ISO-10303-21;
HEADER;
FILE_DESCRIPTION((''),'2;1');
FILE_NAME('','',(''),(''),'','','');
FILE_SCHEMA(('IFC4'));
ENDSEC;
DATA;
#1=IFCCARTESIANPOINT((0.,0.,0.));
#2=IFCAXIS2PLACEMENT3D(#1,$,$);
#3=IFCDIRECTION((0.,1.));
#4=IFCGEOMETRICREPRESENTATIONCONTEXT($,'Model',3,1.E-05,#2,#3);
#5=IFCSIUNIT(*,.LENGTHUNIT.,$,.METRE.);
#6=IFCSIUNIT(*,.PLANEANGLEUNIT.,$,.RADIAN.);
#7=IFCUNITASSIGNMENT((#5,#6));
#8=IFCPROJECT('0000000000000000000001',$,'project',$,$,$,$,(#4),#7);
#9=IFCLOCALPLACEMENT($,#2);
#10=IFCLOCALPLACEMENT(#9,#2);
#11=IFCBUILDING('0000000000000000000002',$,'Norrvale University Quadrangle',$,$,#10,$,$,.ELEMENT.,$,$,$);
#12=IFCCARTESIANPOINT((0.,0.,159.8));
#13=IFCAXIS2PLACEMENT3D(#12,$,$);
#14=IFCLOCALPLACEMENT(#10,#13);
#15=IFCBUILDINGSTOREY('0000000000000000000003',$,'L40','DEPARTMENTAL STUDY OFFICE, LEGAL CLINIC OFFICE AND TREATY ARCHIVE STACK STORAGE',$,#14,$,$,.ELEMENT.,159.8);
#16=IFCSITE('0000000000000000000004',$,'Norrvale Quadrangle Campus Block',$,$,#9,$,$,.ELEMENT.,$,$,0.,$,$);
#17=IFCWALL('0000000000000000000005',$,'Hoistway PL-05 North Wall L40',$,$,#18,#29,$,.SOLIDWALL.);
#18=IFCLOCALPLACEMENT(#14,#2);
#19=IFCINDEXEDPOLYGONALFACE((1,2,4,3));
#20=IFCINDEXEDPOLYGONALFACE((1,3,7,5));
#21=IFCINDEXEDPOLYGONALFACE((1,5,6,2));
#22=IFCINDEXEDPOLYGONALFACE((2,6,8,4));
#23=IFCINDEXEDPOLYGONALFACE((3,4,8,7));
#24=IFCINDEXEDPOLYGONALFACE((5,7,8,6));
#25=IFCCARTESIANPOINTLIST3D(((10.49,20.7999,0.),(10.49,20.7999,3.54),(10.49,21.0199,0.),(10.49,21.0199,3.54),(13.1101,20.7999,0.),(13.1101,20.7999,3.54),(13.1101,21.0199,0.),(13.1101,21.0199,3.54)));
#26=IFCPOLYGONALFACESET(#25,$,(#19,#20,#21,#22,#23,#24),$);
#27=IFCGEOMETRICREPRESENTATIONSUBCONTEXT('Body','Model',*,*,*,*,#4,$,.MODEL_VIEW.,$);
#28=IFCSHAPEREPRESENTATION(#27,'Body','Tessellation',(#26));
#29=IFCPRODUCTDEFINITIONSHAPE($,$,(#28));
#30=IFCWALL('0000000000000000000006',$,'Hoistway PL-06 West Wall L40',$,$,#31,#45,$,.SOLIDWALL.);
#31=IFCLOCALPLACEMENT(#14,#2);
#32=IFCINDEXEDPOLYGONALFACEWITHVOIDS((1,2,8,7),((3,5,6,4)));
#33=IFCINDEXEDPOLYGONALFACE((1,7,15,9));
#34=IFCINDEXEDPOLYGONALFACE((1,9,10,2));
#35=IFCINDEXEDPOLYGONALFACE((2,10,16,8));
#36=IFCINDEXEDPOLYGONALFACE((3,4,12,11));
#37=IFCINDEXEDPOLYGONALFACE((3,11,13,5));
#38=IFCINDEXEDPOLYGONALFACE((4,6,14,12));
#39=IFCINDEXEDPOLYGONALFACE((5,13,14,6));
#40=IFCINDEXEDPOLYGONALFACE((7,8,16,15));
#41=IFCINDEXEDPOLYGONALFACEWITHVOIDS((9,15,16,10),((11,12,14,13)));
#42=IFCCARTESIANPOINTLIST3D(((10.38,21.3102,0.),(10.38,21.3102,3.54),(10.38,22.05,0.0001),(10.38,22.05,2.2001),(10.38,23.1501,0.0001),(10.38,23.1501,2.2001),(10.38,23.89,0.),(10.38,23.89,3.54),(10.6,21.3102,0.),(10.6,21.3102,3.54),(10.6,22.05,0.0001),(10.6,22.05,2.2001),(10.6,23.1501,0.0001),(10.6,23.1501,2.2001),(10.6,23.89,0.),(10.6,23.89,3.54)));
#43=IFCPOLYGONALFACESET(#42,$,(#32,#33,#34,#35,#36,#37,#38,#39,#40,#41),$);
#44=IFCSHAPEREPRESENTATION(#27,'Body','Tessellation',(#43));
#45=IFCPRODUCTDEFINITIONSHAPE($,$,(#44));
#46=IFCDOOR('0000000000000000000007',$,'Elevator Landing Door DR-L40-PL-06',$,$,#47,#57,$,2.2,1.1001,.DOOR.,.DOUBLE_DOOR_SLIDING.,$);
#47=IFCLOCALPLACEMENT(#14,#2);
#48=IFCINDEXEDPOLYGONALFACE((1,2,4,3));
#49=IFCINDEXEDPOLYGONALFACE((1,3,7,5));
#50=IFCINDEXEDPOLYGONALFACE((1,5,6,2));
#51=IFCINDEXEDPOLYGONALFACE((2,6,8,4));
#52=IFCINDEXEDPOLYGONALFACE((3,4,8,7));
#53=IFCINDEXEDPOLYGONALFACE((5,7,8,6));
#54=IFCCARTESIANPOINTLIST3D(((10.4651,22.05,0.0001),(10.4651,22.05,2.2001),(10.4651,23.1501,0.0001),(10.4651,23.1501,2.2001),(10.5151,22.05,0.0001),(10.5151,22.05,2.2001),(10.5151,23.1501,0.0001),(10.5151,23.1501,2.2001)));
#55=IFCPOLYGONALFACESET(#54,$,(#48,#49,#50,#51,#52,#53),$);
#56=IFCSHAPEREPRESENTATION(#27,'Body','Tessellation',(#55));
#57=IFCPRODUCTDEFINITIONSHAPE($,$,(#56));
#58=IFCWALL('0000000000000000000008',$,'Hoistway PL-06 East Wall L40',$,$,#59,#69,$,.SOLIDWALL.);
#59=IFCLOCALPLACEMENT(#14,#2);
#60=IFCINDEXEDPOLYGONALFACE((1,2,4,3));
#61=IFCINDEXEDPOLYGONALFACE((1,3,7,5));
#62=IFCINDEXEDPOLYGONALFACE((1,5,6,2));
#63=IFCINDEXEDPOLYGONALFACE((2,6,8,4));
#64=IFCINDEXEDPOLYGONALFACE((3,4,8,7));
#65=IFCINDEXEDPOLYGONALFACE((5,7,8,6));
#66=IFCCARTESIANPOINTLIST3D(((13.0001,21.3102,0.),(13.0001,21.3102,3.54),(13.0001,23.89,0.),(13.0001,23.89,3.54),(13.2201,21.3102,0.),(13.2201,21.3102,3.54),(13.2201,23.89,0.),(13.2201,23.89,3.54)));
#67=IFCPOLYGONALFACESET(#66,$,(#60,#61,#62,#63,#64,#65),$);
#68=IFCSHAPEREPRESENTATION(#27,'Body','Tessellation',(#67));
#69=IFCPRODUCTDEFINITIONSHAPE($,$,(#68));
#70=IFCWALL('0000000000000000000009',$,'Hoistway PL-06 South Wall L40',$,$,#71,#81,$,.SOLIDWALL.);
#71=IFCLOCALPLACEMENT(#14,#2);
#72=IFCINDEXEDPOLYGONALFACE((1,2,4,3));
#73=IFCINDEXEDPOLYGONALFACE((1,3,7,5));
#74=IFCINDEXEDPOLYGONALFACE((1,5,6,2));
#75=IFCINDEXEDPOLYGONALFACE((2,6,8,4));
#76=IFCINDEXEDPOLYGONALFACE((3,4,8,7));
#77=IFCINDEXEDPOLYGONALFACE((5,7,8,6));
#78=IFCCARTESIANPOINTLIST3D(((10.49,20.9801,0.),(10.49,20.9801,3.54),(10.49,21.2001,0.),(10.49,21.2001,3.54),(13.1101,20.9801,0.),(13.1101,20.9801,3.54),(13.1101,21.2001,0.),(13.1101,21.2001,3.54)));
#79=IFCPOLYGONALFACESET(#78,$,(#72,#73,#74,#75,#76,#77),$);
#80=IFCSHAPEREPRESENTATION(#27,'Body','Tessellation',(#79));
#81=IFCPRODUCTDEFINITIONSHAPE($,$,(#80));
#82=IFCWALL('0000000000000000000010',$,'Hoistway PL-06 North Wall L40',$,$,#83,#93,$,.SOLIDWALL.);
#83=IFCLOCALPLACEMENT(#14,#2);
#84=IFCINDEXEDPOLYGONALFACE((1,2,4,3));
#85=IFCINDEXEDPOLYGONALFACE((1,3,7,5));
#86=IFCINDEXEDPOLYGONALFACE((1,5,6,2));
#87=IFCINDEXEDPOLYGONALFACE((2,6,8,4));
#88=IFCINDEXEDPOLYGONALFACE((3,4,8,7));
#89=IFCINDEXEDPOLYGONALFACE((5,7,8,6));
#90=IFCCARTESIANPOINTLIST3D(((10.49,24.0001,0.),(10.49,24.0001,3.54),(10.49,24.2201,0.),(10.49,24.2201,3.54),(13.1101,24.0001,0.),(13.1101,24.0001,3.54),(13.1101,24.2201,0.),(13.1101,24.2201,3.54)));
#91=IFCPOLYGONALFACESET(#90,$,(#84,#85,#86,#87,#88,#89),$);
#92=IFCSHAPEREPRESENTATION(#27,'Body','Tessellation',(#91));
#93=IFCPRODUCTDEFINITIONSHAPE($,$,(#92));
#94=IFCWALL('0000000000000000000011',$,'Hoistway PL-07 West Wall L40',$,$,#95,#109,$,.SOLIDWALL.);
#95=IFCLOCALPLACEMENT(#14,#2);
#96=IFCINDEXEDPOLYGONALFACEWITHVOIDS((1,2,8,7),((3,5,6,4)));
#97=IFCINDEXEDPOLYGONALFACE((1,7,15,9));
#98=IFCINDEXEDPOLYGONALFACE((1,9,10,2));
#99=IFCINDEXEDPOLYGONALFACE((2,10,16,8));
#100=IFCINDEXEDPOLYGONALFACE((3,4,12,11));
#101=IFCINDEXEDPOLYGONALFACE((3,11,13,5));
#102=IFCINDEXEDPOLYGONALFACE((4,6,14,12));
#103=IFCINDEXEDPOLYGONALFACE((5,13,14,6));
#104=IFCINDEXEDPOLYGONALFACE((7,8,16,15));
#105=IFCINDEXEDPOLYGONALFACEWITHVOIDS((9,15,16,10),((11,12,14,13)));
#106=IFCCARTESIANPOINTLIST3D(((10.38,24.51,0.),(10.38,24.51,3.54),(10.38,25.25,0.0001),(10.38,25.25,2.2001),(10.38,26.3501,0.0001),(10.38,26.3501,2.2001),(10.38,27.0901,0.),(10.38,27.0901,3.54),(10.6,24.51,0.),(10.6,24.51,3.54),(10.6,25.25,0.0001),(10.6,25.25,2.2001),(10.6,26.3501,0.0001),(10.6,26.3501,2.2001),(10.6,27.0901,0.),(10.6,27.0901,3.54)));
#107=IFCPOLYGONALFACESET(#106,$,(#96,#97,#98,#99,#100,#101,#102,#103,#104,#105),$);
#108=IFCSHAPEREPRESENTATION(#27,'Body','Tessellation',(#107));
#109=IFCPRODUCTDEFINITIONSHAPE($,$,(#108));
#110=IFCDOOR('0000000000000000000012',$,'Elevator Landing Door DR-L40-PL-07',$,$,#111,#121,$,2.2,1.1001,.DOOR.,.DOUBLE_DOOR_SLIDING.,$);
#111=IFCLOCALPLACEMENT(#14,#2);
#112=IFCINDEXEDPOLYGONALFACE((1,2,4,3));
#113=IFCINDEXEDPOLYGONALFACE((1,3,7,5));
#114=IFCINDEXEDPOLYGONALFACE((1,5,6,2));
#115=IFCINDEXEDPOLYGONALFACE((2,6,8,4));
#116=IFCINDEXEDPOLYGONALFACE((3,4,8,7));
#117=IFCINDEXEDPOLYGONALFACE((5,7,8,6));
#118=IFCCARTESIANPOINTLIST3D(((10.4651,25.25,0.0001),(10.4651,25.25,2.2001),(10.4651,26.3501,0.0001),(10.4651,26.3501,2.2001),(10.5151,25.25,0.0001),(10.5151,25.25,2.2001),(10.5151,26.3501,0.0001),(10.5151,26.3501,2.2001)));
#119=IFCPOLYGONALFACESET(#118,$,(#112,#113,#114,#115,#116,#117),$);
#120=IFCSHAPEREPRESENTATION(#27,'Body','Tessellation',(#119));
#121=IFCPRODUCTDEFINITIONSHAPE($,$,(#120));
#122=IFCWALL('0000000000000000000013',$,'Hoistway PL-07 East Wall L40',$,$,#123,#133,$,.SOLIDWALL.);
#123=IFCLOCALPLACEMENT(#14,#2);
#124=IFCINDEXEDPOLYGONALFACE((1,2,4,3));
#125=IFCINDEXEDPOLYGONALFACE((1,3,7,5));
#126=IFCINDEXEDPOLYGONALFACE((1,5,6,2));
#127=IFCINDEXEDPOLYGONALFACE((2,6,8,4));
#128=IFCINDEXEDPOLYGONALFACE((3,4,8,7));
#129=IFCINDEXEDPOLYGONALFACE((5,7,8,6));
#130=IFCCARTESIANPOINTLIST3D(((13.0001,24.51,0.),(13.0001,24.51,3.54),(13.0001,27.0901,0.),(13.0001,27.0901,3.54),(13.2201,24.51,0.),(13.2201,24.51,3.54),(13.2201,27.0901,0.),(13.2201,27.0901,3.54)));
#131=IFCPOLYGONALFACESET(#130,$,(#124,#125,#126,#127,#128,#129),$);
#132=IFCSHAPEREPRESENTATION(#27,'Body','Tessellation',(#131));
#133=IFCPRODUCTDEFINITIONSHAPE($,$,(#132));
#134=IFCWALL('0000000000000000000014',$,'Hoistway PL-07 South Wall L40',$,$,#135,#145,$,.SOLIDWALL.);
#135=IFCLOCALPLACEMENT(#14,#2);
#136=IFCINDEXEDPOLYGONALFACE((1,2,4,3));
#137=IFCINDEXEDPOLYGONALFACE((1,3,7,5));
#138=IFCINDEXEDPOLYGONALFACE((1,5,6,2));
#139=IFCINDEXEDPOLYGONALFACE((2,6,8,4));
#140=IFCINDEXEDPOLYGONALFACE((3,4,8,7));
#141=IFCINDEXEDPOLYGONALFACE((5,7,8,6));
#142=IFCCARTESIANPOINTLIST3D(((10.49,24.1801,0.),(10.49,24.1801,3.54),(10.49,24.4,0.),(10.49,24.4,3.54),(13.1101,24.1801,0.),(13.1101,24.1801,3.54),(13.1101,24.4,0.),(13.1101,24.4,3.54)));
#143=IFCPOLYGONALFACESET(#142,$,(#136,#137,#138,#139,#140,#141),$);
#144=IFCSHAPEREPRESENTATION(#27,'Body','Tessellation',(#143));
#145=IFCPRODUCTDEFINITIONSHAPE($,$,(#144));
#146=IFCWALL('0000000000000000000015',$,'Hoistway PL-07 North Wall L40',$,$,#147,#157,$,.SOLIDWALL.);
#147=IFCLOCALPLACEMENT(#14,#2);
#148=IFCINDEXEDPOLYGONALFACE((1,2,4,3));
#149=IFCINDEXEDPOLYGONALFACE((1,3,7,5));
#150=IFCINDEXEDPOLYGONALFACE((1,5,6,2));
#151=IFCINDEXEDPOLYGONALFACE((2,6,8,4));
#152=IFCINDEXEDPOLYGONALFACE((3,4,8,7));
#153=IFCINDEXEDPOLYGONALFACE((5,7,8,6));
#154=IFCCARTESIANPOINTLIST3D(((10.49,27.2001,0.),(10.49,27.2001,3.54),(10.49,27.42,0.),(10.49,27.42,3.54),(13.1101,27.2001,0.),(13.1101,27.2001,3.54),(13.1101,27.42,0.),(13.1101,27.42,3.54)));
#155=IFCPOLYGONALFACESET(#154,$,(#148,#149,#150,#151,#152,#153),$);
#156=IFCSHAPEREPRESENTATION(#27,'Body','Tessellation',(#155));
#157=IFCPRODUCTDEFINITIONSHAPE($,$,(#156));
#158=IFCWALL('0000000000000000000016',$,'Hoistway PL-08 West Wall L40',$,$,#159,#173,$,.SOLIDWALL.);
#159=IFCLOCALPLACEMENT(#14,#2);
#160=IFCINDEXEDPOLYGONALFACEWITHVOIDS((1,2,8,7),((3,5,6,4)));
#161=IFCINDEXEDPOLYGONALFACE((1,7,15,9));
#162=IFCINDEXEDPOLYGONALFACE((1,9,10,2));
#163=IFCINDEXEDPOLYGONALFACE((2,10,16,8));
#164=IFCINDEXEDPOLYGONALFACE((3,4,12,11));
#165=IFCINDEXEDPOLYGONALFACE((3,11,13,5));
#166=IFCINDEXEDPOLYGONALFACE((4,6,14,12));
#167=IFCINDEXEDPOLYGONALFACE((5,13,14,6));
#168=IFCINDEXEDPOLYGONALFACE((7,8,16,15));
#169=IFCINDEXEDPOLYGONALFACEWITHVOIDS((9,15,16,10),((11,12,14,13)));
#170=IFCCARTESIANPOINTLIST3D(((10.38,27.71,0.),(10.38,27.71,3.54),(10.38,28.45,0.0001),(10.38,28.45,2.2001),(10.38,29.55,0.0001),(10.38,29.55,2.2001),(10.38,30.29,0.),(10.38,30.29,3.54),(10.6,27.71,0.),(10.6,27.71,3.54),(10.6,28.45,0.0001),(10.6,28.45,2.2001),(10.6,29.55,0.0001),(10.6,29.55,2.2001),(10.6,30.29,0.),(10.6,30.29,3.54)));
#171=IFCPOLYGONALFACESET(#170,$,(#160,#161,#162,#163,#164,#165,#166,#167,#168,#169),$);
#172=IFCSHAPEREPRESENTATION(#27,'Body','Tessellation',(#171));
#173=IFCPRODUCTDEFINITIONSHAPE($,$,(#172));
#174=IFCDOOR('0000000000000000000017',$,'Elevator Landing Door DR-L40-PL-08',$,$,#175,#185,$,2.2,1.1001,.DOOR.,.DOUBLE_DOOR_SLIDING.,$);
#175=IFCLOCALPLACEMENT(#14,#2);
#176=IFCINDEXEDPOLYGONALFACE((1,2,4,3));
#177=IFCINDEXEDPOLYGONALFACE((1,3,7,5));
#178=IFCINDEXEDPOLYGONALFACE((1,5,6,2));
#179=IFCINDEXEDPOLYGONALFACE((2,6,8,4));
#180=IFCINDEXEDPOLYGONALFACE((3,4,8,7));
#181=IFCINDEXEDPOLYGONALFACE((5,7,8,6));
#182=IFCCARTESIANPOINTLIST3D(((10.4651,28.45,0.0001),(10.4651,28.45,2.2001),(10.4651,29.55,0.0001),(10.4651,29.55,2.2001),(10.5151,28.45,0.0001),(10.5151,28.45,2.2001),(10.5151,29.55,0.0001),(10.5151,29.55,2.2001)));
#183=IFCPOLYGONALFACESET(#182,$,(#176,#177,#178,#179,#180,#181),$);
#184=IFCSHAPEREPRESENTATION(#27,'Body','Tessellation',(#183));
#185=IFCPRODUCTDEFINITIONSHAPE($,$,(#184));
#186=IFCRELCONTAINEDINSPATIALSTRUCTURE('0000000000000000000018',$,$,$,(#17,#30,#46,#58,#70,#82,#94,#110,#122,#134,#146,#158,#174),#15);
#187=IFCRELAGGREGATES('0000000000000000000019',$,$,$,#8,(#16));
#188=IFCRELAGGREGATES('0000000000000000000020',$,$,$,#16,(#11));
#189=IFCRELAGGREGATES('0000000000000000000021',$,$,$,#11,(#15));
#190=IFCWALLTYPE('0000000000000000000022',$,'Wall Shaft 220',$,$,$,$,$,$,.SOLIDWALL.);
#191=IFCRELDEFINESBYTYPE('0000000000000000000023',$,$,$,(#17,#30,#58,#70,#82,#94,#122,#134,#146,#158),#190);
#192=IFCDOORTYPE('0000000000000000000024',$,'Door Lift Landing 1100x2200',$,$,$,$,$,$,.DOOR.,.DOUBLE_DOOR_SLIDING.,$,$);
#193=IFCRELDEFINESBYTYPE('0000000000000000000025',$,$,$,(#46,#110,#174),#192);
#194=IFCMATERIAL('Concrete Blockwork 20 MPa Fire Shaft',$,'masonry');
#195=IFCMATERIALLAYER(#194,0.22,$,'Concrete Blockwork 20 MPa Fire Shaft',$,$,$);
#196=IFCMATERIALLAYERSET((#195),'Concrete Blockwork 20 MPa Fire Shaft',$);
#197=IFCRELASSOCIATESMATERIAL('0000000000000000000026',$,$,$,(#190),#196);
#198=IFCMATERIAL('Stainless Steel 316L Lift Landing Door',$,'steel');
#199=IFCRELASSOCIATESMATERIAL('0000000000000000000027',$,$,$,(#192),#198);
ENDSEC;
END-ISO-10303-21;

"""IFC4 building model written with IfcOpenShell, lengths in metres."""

from ifc_helpers import new_model, si_unit, direction, frame, frame_2d, origin, place, context, subcontext, project, spatial, rectangle, extrude, material, layer, layer_set, type_object, element, fill, save


model = new_model("IFC4")

# Units and contexts
model_context = context("Model", 3, precision=1e-05, world=origin(), true_north=direction((0.0, 1.0)))
body_context = subcontext(model_context, "Body", "Model", "MODEL_VIEW")
ifc_project = project(units=[si_unit("LENGTHUNIT", "METRE"), si_unit("PLANEANGLEUNIT", "RADIAN")], contexts=[model_context])

# Site, building, storey
site_placement = place(None, origin())
site = spatial("IfcSite", under=ifc_project, at=site_placement, Name="Norrvale Quadrangle Campus Block", CompositionType="ELEMENT", RefElevation=0.0)
building_placement = place(site_placement, origin())
building = spatial("IfcBuilding", under=site, at=building_placement, Name="Norrvale University Quadrangle", CompositionType="ELEMENT")
storey_placement = place(building_placement, frame((0.0, 0.0, 159.8)))
storey = spatial("IfcBuildingStorey", under=building, at=storey_placement, Name="L40", Description="DEPARTMENTAL STUDY OFFICE, LEGAL CLINIC OFFICE AND TREATY ARCHIVE STACK STORAGE", CompositionType="ELEMENT", Elevation=159.8)

# Wall
ifc_material_1 = material(Name="Concrete Blockwork 20 MPa Fire Shaft", Category="masonry")
ifc_layer_1 = layer(ifc_material_1, 0.22, Name="Concrete Blockwork 20 MPa Fire Shaft")
ifc_layer_set_1 = layer_set([ifc_layer_1], Name="Concrete Blockwork 20 MPa Fire Shaft")
wall_type_1 = type_object("IfcWallType", Name="Wall Shaft 220", PredefinedType="SOLIDWALL", material=ifc_layer_set_1)
wall_1_placement = place(storey_placement, frame((10.49, 20.9099, 0.0), z_axis=(0.0, 0.0, 1.0), x_axis=(1.0, 0.0, 0.0)))
element("IfcWall", 1, at=wall_1_placement, inside=storey, type_object=wall_type_1, Name="Hoistway PL-05 North Wall L40", PredefinedType="SOLIDWALL", context=body_context, shape_type="SweptSolid", body=[
    extrude(rectangle(XDim=2.6201, YDim=0.22, at=frame_2d((1.3101, 0.0))), origin(), (0.0, 0.0, 1.0), 3.54),
])

# Wall, opening, door
wall_2_placement = place(storey_placement, frame((10.49, 21.3101, 0.0), z_axis=(0.0, 0.0, 1.0), x_axis=(0.0, 1.0, 0.0)))
wall_2 = element("IfcWall", 2, at=wall_2_placement, inside=storey, type_object=wall_type_1, Name="Hoistway PL-06 West Wall L40", PredefinedType="SOLIDWALL", context=body_context, shape_type="SweptSolid", body=[
    extrude(rectangle(XDim=2.5798, YDim=0.22, at=frame_2d((1.29, 0.0))), origin(), (0.0, 0.0, 1.0), 3.54),
])
opening_1_placement = place(wall_2_placement, frame((0.74, 0.0, 0.0)))
opening_1 = element("IfcOpeningElement", 3, at=opening_1_placement, cuts=wall_2, PredefinedType="OPENING", context=body_context, shape_type="SweptSolid", body=[
    extrude(rectangle(XDim=1.1001, YDim=2.2, at=frame_2d((0.55, 1.1001))), frame((0.0, 0.1221, 0.0), z_axis=(0.0, -1.0, 0.0), x_axis=(1.0, 0.0, 0.0)), (0.0, 0.0, 1.0), 0.2439),
])
ifc_material_2 = material(Name="Stainless Steel 316L Lift Landing Door", Category="steel")
door_type_1 = type_object("IfcDoorType", Name="Door Lift Landing 1100x2200", OperationType="DOUBLE_DOOR_SLIDING", PredefinedType="DOOR", material=ifc_material_2)
door_1_placement = place(opening_1_placement, origin())
door_1 = element("IfcDoor", 4, at=door_1_placement, inside=storey, type_object=door_type_1, Name="Elevator Landing Door DR-L40-PL-06", OperationType="DOUBLE_DOOR_SLIDING", OverallHeight=2.2, OverallWidth=1.1001, PredefinedType="DOOR", context=body_context, shape_type="SweptSolid", body=[
    extrude(rectangle(XDim=1.1001, YDim=2.2, at=frame_2d((0.55, 1.1001))), frame((0.0, 0.0249, 0.0), z_axis=(0.0, -1.0, 0.0), x_axis=(1.0, 0.0, 0.0)), (0.0, 0.0, 1.0), 0.05),
])
fill(opening_1, door_1)

# Walls
wall_3_placement = place(storey_placement, frame((13.1101, 21.3101, 0.0), z_axis=(0.0, 0.0, 1.0), x_axis=(0.0, 1.0, 0.0)))
element("IfcWall", 5, at=wall_3_placement, inside=storey, type_object=wall_type_1, Name="Hoistway PL-06 East Wall L40", PredefinedType="SOLIDWALL", context=body_context, shape_type="SweptSolid", body=[
    extrude(rectangle(XDim=2.5798, YDim=0.22, at=frame_2d((1.29, 0.0))), origin(), (0.0, 0.0, 1.0), 3.54),
])
for number, where, z_axis, x_axis, name in (
    (6, (10.49, 21.0901, 0.0), (0.0, 0.0, 1.0), (1.0, 0.0, 0.0), "Hoistway PL-06 South Wall L40"),
    (7, (10.49, 24.1101, 0.0), (0.0, 0.0, 1.0), (1.0, 0.0, 0.0), "Hoistway PL-06 North Wall L40"),
):
    element("IfcWall", number, at=place(storey_placement, frame(where, z_axis=z_axis, x_axis=x_axis)), inside=storey, type_object=wall_type_1, Name=name, PredefinedType="SOLIDWALL", context=body_context, shape_type="SweptSolid", body=[
        extrude(rectangle(XDim=2.6201, YDim=0.22, at=frame_2d((1.3101, 0.0))), origin(), (0.0, 0.0, 1.0), 3.54),
    ])

# Wall, opening, door
wall_4_placement = place(storey_placement, frame((10.49, 24.51, 0.0), z_axis=(0.0, 0.0, 1.0), x_axis=(0.0, 1.0, 0.0)))
wall_4 = element("IfcWall", 8, at=wall_4_placement, inside=storey, type_object=wall_type_1, Name="Hoistway PL-07 West Wall L40", PredefinedType="SOLIDWALL", context=body_context, shape_type="SweptSolid", body=[
    extrude(rectangle(XDim=2.5801, YDim=0.22, at=frame_2d((1.29, 0.0))), origin(), (0.0, 0.0, 1.0), 3.54),
])
opening_2_placement = place(wall_4_placement, frame((0.74, 0.0, 0.0)))
opening_2 = element("IfcOpeningElement", 9, at=opening_2_placement, cuts=wall_4, PredefinedType="OPENING", context=body_context, shape_type="SweptSolid", body=[
    extrude(rectangle(XDim=1.1001, YDim=2.2, at=frame_2d((0.55, 1.1001))), frame((0.0, 0.1221, 0.0), z_axis=(0.0, -1.0, 0.0), x_axis=(1.0, 0.0, 0.0)), (0.0, 0.0, 1.0), 0.2439),
])
door_2_placement = place(opening_2_placement, origin())
door_2 = element("IfcDoor", 10, at=door_2_placement, inside=storey, type_object=door_type_1, Name="Elevator Landing Door DR-L40-PL-07", OperationType="DOUBLE_DOOR_SLIDING", OverallHeight=2.2, OverallWidth=1.1001, PredefinedType="DOOR", context=body_context, shape_type="SweptSolid", body=[
    extrude(rectangle(XDim=1.1001, YDim=2.2, at=frame_2d((0.55, 1.1001))), frame((0.0, 0.0249, 0.0), z_axis=(0.0, -1.0, 0.0), x_axis=(1.0, 0.0, 0.0)), (0.0, 0.0, 1.0), 0.05),
])
fill(opening_2, door_2)

# Walls
wall_5_placement = place(storey_placement, frame((13.1101, 24.51, 0.0), z_axis=(0.0, 0.0, 1.0), x_axis=(0.0, 1.0, 0.0)))
element("IfcWall", 11, at=wall_5_placement, inside=storey, type_object=wall_type_1, Name="Hoistway PL-07 East Wall L40", PredefinedType="SOLIDWALL", context=body_context, shape_type="SweptSolid", body=[
    extrude(rectangle(XDim=2.5801, YDim=0.22, at=frame_2d((1.29, 0.0))), origin(), (0.0, 0.0, 1.0), 3.54),
])
for number, where, z_axis, x_axis, name in (
    (12, (10.49, 24.29, 0.0), (0.0, 0.0, 1.0), (1.0, 0.0, 0.0), "Hoistway PL-07 South Wall L40"),
    (13, (10.49, 27.3101, 0.0), (0.0, 0.0, 1.0), (1.0, 0.0, 0.0), "Hoistway PL-07 North Wall L40"),
):
    element("IfcWall", number, at=place(storey_placement, frame(where, z_axis=z_axis, x_axis=x_axis)), inside=storey, type_object=wall_type_1, Name=name, PredefinedType="SOLIDWALL", context=body_context, shape_type="SweptSolid", body=[
        extrude(rectangle(XDim=2.6201, YDim=0.22, at=frame_2d((1.3101, 0.0))), origin(), (0.0, 0.0, 1.0), 3.54),
    ])

# Wall, opening, door
wall_6_placement = place(storey_placement, frame((10.49, 27.71, 0.0), z_axis=(0.0, 0.0, 1.0), x_axis=(0.0, 1.0, 0.0)))
wall_6 = element("IfcWall", 14, at=wall_6_placement, inside=storey, type_object=wall_type_1, Name="Hoistway PL-08 West Wall L40", PredefinedType="SOLIDWALL", context=body_context, shape_type="SweptSolid", body=[
    extrude(rectangle(XDim=2.5801, YDim=0.22, at=frame_2d((1.29, 0.0))), origin(), (0.0, 0.0, 1.0), 3.54),
])
opening_3_placement = place(wall_6_placement, frame((0.74, 0.0, 0.0)))
opening_3 = element("IfcOpeningElement", 15, at=opening_3_placement, cuts=wall_6, PredefinedType="OPENING", context=body_context, shape_type="SweptSolid", body=[
    extrude(rectangle(XDim=1.1001, YDim=2.2, at=frame_2d((0.55, 1.1001))), frame((0.0, 0.1221, 0.0), z_axis=(0.0, -1.0, 0.0), x_axis=(1.0, 0.0, 0.0)), (0.0, 0.0, 1.0), 0.2439),
])
door_3_placement = place(opening_3_placement, origin())
door_3 = element("IfcDoor", 16, at=door_3_placement, inside=storey, type_object=door_type_1, Name="Elevator Landing Door DR-L40-PL-08", OperationType="DOUBLE_DOOR_SLIDING", OverallHeight=2.2, OverallWidth=1.1001, PredefinedType="DOOR", context=body_context, shape_type="SweptSolid", body=[
    extrude(rectangle(XDim=1.1001, YDim=2.2, at=frame_2d((0.55, 1.1001))), frame((0.0, 0.0249, 0.0), z_axis=(0.0, -1.0, 0.0), x_axis=(1.0, 0.0, 0.0)), (0.0, 0.0, 1.0), 0.05),
])
fill(opening_3, door_3)

save(model, "model.ifc")
